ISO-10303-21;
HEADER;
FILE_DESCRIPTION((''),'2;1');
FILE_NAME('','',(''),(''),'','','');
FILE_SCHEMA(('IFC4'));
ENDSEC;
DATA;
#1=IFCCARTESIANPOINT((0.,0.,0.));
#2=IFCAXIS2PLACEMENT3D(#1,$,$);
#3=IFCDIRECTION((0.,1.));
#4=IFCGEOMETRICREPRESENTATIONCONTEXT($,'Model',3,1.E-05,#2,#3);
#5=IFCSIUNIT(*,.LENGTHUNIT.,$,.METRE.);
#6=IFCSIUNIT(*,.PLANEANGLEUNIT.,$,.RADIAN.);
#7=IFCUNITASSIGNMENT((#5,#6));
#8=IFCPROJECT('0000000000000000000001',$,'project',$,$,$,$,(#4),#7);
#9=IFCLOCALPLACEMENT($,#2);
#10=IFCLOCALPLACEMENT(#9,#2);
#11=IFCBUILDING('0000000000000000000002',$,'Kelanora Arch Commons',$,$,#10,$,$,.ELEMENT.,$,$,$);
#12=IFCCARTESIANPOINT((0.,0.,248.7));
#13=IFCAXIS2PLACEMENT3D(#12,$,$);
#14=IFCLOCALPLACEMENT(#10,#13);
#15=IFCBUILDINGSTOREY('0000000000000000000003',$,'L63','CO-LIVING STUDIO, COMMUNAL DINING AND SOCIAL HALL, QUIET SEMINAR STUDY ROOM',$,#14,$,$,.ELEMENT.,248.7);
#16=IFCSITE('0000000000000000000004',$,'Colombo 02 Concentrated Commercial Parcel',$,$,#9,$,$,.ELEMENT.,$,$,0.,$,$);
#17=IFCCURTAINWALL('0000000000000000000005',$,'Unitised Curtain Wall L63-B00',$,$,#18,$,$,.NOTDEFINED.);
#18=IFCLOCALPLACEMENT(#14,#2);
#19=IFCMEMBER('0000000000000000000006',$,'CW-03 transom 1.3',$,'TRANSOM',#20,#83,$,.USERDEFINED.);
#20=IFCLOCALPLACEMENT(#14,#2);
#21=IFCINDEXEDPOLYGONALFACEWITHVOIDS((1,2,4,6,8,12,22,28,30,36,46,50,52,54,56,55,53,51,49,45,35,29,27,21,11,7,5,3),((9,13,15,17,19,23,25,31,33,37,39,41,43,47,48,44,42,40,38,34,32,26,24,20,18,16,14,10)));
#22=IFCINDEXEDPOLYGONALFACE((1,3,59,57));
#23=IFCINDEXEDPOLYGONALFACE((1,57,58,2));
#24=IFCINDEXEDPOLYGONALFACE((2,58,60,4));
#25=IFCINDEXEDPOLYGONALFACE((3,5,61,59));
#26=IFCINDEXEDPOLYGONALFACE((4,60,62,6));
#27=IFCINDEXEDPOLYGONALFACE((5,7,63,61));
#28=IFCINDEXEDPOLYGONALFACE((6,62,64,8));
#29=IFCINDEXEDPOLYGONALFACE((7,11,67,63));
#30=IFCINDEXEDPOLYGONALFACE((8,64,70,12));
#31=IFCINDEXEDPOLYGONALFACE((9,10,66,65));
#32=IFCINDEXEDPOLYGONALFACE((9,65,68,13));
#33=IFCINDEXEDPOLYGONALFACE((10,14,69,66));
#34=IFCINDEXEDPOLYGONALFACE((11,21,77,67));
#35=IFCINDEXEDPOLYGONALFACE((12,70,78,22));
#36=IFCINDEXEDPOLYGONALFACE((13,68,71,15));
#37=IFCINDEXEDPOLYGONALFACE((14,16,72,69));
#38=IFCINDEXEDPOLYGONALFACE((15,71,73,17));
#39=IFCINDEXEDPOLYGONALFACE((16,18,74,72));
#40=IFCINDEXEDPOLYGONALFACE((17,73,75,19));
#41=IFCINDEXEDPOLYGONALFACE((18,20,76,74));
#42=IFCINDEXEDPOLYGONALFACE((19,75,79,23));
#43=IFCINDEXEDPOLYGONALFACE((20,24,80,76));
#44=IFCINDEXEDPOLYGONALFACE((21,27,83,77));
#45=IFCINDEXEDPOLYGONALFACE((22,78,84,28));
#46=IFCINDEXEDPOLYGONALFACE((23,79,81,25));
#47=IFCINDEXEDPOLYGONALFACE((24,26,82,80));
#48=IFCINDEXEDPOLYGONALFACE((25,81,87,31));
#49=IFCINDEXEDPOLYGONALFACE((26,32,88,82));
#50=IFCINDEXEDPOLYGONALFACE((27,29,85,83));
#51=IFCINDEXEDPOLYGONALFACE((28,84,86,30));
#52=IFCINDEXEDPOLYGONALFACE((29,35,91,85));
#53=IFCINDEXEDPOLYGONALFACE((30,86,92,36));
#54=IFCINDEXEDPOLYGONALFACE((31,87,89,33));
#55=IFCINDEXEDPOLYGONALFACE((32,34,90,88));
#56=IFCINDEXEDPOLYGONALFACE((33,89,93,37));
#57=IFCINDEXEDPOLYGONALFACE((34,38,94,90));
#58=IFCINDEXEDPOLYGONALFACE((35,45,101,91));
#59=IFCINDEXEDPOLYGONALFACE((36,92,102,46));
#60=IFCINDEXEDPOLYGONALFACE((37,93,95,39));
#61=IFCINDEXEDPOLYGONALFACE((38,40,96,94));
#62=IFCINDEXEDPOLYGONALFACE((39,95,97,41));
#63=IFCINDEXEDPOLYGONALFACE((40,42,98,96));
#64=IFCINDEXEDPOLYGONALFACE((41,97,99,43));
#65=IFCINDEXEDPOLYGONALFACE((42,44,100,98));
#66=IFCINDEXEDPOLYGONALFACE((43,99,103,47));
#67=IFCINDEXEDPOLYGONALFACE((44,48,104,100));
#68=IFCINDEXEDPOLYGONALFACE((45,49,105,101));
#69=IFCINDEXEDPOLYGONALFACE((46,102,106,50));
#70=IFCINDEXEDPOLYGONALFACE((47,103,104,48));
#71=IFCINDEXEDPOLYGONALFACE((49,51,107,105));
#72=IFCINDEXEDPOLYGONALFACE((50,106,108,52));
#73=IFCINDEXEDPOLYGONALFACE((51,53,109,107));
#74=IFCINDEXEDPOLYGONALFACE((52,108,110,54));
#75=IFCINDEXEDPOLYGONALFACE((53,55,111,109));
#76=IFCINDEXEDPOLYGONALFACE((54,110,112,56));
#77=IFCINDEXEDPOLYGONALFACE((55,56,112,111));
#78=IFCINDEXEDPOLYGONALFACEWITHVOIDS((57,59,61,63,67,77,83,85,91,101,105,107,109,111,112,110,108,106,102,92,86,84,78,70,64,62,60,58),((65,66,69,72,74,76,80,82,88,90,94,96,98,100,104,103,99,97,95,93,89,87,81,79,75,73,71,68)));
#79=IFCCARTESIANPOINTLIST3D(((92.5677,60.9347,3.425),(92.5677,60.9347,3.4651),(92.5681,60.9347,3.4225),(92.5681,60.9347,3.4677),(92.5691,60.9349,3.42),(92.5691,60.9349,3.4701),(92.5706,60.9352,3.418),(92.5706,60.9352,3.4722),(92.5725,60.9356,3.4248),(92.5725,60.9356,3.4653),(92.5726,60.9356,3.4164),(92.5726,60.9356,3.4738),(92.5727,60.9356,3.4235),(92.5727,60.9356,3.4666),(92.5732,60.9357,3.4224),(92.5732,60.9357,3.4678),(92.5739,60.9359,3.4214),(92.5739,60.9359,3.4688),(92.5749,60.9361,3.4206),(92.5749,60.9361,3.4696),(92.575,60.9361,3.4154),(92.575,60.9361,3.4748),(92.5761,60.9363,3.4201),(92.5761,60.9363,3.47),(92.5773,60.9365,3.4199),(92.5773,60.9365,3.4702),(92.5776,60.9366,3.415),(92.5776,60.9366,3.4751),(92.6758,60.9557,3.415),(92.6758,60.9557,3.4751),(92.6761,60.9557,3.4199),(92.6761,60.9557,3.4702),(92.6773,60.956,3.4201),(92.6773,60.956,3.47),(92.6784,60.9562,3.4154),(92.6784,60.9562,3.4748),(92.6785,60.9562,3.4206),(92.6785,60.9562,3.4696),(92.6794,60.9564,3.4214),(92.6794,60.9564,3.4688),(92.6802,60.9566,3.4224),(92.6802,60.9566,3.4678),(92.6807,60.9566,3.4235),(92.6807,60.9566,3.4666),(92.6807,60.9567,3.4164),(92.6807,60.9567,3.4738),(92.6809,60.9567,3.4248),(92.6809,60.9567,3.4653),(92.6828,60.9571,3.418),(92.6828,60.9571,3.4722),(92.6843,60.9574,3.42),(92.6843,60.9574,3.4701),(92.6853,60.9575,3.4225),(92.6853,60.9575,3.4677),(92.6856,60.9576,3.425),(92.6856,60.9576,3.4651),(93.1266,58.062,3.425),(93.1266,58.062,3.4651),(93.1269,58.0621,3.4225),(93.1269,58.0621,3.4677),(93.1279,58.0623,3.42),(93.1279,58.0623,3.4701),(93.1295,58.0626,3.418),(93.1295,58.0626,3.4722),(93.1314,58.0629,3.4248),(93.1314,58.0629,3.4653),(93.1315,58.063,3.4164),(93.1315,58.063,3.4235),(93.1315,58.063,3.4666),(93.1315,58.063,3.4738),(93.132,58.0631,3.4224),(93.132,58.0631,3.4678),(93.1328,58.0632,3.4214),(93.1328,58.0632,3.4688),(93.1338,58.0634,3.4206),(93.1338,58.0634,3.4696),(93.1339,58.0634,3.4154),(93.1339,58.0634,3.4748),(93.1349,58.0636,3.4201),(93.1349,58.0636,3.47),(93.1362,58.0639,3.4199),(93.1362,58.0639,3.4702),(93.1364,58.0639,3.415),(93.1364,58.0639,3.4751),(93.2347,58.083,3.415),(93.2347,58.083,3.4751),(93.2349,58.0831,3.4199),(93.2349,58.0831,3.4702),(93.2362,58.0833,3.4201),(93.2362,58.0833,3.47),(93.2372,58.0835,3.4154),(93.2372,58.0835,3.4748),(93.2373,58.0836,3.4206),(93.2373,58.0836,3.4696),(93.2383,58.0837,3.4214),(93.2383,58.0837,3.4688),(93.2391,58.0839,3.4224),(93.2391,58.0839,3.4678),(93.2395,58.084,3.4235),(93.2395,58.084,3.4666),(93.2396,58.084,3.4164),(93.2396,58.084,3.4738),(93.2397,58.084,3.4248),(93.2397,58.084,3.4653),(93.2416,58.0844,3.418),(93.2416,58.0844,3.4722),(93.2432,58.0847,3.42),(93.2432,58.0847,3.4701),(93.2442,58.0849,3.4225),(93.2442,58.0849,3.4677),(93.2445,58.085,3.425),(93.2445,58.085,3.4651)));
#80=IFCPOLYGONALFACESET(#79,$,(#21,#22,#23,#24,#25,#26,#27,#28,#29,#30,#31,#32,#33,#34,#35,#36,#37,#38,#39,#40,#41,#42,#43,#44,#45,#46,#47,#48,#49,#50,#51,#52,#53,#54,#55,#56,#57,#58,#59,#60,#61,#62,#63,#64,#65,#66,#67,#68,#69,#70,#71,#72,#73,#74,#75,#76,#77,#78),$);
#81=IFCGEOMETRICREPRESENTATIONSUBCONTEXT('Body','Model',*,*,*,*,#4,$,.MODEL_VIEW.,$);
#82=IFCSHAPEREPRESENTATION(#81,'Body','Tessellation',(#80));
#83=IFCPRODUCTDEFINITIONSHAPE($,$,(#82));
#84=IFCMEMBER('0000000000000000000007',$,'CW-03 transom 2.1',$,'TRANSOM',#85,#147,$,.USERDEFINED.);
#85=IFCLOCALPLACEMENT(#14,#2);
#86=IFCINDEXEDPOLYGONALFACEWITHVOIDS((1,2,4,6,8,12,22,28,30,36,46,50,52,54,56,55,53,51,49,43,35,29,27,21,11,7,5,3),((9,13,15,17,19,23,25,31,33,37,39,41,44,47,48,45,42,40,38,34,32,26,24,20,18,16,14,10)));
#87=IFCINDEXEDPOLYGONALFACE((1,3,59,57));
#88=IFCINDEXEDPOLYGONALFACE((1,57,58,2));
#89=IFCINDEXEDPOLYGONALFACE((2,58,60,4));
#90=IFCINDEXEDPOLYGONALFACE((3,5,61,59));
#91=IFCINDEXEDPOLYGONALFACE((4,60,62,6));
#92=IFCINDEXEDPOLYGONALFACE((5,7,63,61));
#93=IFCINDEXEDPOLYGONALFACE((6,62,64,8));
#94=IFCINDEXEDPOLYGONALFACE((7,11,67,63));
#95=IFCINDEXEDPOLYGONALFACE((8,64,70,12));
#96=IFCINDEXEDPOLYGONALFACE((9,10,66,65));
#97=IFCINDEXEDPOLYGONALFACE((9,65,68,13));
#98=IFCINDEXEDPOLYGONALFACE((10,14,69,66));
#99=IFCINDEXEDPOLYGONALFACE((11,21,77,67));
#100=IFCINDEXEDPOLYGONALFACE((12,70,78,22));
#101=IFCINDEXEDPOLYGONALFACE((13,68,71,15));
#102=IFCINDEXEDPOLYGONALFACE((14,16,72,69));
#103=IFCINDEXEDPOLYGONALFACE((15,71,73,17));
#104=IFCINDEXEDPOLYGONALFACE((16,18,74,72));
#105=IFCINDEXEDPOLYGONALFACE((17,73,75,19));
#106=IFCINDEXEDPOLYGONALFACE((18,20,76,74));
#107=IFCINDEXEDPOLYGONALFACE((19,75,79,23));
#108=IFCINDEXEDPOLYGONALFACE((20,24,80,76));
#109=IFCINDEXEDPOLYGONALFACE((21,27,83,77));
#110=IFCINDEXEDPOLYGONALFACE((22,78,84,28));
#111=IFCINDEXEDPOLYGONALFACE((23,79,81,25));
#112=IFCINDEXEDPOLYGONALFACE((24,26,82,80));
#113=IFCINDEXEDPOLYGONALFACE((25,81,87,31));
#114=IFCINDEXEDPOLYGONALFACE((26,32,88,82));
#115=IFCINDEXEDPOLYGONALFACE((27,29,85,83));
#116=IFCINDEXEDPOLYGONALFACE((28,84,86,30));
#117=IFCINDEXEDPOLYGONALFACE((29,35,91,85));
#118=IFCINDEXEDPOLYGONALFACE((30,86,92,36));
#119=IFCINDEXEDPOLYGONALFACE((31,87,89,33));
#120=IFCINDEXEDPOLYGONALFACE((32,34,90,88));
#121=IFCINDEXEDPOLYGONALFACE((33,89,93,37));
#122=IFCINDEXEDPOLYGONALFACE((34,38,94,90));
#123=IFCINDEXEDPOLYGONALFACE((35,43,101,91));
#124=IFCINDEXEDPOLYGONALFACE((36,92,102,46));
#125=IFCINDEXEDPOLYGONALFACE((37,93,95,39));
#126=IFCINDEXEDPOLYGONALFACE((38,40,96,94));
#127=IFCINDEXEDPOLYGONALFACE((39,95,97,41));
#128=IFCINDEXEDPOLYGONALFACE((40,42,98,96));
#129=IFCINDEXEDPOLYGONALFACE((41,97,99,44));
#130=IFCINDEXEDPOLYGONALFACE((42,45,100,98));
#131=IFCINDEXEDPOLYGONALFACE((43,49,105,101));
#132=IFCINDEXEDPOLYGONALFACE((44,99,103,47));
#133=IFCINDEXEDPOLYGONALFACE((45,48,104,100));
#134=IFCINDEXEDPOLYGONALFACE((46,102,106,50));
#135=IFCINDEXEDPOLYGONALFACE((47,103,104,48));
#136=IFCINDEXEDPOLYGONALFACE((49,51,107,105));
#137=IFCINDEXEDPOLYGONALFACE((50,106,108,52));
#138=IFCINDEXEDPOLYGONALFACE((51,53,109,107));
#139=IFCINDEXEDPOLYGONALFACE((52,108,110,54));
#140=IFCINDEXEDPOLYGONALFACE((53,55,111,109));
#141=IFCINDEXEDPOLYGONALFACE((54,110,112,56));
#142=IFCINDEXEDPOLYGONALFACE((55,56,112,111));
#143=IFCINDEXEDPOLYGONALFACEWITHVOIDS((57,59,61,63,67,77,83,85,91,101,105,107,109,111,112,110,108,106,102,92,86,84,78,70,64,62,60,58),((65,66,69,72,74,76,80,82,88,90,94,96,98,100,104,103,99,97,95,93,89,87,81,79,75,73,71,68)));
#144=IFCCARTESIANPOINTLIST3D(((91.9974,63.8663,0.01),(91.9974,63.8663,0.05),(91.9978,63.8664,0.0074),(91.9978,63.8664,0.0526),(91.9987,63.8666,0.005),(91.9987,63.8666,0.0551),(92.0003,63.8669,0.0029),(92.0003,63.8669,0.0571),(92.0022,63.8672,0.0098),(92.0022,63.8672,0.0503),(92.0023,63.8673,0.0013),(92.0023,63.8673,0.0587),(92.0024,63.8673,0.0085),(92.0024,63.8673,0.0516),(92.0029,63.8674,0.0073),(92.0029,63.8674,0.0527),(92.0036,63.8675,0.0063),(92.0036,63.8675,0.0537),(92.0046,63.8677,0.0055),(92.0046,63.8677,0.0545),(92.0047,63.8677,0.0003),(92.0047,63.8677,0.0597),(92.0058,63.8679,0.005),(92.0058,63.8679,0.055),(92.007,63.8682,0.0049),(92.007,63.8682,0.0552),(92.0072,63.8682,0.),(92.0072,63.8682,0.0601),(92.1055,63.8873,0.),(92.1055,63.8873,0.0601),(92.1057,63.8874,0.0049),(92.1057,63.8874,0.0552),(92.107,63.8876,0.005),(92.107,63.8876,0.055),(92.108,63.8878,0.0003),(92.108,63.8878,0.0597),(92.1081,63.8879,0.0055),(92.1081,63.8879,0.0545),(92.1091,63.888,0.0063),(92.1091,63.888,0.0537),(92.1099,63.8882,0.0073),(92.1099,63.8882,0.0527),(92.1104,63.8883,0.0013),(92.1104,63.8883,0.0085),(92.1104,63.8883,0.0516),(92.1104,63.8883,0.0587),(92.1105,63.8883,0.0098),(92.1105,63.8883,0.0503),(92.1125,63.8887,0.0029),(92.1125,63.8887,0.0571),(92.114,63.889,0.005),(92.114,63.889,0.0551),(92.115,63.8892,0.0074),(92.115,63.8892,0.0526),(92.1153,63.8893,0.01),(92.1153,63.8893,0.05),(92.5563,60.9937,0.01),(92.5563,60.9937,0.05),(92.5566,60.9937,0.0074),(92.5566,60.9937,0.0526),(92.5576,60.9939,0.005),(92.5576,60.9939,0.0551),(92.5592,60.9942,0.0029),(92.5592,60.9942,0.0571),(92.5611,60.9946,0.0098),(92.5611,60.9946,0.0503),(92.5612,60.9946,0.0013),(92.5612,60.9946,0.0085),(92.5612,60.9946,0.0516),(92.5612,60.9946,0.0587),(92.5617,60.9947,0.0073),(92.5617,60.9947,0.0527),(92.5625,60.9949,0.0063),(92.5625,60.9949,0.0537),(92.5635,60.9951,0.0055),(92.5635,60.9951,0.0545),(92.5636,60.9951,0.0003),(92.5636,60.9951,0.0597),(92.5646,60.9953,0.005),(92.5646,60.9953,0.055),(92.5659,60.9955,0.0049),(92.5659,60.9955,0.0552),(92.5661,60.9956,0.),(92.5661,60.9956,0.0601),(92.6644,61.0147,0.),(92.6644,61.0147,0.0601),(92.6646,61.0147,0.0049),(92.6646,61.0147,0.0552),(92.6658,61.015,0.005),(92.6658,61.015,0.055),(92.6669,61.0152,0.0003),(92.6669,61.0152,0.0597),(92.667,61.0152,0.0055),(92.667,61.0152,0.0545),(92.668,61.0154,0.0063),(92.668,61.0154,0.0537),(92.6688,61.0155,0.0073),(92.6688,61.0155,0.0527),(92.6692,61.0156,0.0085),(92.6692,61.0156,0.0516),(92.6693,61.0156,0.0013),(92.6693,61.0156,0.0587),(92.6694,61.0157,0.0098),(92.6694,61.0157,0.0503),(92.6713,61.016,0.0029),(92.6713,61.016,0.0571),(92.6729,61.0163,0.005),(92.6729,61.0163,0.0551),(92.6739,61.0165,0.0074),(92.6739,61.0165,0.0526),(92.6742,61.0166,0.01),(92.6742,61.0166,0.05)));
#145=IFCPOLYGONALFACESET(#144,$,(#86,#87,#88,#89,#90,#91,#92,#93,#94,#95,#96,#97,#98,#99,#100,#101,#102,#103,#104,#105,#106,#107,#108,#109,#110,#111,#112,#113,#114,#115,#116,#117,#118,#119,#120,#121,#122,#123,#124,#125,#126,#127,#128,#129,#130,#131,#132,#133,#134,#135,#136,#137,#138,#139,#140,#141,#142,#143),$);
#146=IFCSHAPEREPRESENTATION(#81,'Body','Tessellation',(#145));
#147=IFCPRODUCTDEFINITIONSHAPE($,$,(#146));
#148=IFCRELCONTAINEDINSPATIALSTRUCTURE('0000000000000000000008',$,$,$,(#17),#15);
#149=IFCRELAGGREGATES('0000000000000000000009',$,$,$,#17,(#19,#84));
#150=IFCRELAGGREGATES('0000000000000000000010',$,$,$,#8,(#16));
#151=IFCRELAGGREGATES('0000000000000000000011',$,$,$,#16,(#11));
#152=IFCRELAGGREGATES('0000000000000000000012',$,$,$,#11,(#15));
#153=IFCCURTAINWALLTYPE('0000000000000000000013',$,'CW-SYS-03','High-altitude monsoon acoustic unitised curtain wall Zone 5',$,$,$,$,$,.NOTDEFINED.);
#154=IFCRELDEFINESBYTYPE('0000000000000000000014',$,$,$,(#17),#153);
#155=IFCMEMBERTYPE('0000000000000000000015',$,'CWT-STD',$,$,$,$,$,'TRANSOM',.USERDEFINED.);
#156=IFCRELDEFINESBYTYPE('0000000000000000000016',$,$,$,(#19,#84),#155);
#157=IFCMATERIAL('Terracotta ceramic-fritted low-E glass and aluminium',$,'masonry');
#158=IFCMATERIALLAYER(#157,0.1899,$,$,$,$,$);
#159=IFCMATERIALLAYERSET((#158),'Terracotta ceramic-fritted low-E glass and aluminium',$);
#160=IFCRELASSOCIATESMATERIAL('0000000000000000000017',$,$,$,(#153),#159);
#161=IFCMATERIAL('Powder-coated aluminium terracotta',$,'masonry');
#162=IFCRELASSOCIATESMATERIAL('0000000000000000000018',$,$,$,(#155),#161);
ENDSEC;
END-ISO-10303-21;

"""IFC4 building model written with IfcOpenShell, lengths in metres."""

from ifc_helpers import new_model, si_unit, direction, frame, origin, origin_2d, place, context, subcontext, project, spatial, hollow_rectangle, extrude, material, layer, layer_set, material_profile, profile_set, type_object, element, aggregate, save


model = new_model("IFC4")

# Units and contexts
model_context = context("Model", 3, precision=1e-05, world=origin(), true_north=direction((0.0, 1.0)))
body_context = subcontext(model_context, "Body", "Model", "MODEL_VIEW")
ifc_project = project(units=[si_unit("LENGTHUNIT", "METRE"), si_unit("PLANEANGLEUNIT", "RADIAN")], contexts=[model_context])

# Site, building, storey
site_placement = place(None, origin())
site = spatial("IfcSite", under=ifc_project, at=site_placement, Name="Colombo 02 Concentrated Commercial Parcel", CompositionType="ELEMENT", RefElevation=0.0)
building_placement = place(site_placement, origin())
building = spatial("IfcBuilding", under=site, at=building_placement, Name="Kelanora Arch Commons", CompositionType="ELEMENT")
storey_placement = place(building_placement, frame((0.0, 0.0, 248.7)))
storey = spatial("IfcBuildingStorey", under=building, at=storey_placement, Name="L63", Description="CO-LIVING STUDIO, COMMUNAL DINING AND SOCIAL HALL, QUIET SEMINAR STUDY ROOM", CompositionType="ELEMENT", Elevation=248.7)

# Curtain wall, members
ifc_material_1 = material(Name="Terracotta ceramic-fritted low-E glass and aluminium", Category="masonry")
ifc_layer_1 = layer(ifc_material_1, 0.1899)
ifc_layer_set_1 = layer_set([ifc_layer_1], Name="Terracotta ceramic-fritted low-E glass and aluminium")
curtain_wall_type = type_object("IfcCurtainWallType", Name="CW-SYS-03", Description="High-altitude monsoon acoustic unitised curtain wall Zone 5", PredefinedType="NOTDEFINED", material=ifc_layer_set_1)
curtain_wall_placement = place(storey_placement, origin())
curtain_wall = element("IfcCurtainWall", 1, at=curtain_wall_placement, inside=storey, type_object=curtain_wall_type, Name="Unitised Curtain Wall L63-B00", PredefinedType="NOTDEFINED")
ifc_material_2 = material(Name="Powder-coated aluminium terracotta", Category="masonry")
ifc_material_profile_1 = material_profile(ifc_material_2, hollow_rectangle(XDim=0.1201, YDim=0.0601, WallThickness=0.0049, InnerFilletRadius=0.0049, OuterFilletRadius=0.01, at=origin_2d()), Name="CWT120x60")
ifc_profile_set_1 = profile_set([ifc_material_profile_1], Name="Powder-coated aluminium terracotta")
member_type_1 = type_object("IfcMemberType", Name="CWT-STD", ElementType="TRANSOM", PredefinedType="USERDEFINED", material=ifc_profile_set_1)
member_1_placement = place(storey_placement, frame((93.1855, 58.0735, 3.4451), z_axis=(-0.190963, 0.981597, 0.0), x_axis=(-0.981597, -0.190963, 0.0)))
member_1 = element("IfcMember", 2, at=member_1_placement, type_object=member_type_1, Name="CW-03 transom 1.3", ObjectType="TRANSOM", PredefinedType="USERDEFINED", context=body_context, shape_type="SweptSolid", body=[
    extrude(hollow_rectangle(XDim=0.1201, YDim=0.0601, WallThickness=0.0049, InnerFilletRadius=0.0049, OuterFilletRadius=0.01, at=origin_2d()), origin(), (0.0, 0.0, 1.0), 2.9265),
])
member_2_placement = place(storey_placement, frame((92.6152, 61.0051, 0.03), z_axis=(-0.190963, 0.981597, 0.0), x_axis=(-0.981597, -0.190963, 0.0)))
member_2 = element("IfcMember", 3, at=member_2_placement, type_object=member_type_1, Name="CW-03 transom 2.1", ObjectType="TRANSOM", PredefinedType="USERDEFINED", context=body_context, shape_type="SweptSolid", body=[
    extrude(hollow_rectangle(XDim=0.1201, YDim=0.0601, WallThickness=0.0049, InnerFilletRadius=0.0049, OuterFilletRadius=0.01, at=origin_2d()), origin(), (0.0, 0.0, 1.0), 2.9265),
])
aggregate(curtain_wall, [member_1, member_2])

save(model, "model.ifc")
